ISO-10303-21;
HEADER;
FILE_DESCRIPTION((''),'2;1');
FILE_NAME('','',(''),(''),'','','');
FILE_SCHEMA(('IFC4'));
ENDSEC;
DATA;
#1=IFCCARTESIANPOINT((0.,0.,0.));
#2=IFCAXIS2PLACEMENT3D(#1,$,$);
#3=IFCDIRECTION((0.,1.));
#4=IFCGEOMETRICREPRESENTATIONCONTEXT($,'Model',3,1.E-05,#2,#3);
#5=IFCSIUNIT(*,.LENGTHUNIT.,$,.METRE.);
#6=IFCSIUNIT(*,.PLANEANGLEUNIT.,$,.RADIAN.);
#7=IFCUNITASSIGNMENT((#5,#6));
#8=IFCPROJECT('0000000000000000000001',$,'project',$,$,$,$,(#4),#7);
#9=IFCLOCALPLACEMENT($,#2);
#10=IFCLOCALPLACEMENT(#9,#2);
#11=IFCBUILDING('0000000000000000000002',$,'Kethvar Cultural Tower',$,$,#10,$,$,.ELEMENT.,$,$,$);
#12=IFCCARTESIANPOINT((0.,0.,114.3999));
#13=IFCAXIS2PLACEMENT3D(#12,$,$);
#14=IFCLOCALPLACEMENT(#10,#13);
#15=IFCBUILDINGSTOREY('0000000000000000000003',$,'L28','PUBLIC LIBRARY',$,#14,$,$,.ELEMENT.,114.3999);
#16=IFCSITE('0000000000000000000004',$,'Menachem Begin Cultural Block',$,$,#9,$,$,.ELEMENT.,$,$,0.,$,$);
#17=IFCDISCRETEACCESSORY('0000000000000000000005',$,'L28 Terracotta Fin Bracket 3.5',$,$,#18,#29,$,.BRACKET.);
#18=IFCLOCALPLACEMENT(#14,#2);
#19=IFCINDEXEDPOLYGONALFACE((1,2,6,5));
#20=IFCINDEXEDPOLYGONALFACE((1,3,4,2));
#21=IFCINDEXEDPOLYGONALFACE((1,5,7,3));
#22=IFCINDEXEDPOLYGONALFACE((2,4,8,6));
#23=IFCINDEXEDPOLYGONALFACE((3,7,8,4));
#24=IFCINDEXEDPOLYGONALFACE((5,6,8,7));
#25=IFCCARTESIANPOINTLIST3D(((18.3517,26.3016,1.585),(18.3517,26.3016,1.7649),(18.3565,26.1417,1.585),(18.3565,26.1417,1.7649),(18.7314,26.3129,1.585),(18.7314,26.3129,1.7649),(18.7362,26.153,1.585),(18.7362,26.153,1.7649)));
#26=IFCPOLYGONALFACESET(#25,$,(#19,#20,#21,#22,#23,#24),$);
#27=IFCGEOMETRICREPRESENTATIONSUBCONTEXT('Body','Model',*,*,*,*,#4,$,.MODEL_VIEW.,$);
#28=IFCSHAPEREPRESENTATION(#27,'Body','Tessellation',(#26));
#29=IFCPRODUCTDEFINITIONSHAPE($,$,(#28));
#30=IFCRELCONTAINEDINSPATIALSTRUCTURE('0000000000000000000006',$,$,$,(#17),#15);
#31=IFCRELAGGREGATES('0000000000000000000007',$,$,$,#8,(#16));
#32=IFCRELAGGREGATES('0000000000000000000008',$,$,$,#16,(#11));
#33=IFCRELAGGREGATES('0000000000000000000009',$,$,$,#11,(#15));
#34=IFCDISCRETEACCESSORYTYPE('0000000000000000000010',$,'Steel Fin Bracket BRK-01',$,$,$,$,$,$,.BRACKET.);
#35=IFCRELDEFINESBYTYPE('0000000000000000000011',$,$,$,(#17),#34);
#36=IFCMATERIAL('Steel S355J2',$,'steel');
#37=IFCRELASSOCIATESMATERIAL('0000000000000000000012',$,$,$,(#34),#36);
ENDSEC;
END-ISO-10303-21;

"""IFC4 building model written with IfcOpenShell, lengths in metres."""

from ifc_helpers import new_model, si_unit, direction, frame, origin, origin_2d, place, context, subcontext, project, spatial, rectangle, extrude, source, transform, mapped, material, type_object, element, save


model = new_model("IFC4")

# Units and contexts
model_context = context("Model", 3, precision=1e-05, world=origin(), true_north=direction((0.0, 1.0)))
body_context = subcontext(model_context, "Body", "Model", "MODEL_VIEW")
ifc_project = project(units=[si_unit("LENGTHUNIT", "METRE"), si_unit("PLANEANGLEUNIT", "RADIAN")], contexts=[model_context])

# Site, building, storey
site_placement = place(None, origin())
site = spatial("IfcSite", under=ifc_project, at=site_placement, Name="Menachem Begin Cultural Block", CompositionType="ELEMENT", RefElevation=0.0)
building_placement = place(site_placement, origin())
building = spatial("IfcBuilding", under=site, at=building_placement, Name="Kethvar Cultural Tower", CompositionType="ELEMENT")
storey_placement = place(building_placement, frame((0.0, 0.0, 114.3999)))
storey = spatial("IfcBuildingStorey", under=building, at=storey_placement, Name="L28", Description="PUBLIC LIBRARY", CompositionType="ELEMENT", Elevation=114.3999)

# Shared definitions
ifc_material_1 = material(Name="Steel S355J2", Category="steel")

# Discrete accessory
discrete_accessory_type = type_object("IfcDiscreteAccessoryType", Name="Steel Fin Bracket BRK-01", PredefinedType="BRACKET", material=ifc_material_1)
shared_shape_1 = source(origin(), body_context, "Body", "SweptSolid", [
    extrude(rectangle(XDim=0.3799, YDim=0.1599, at=origin_2d()), origin(), (0.0, 0.0, 1.0), 0.1799),
])
for number, where, z_axis, x_axis, name in (
    (1, (18.5439, 26.2273, 1.585), (0.0, 0.0, 1.0), (-0.99956, -0.029666, 0.0), "L28 Terracotta Fin Bracket 3.5"),
):
    element("IfcDiscreteAccessory", number, at=place(storey_placement, frame(where, z_axis=z_axis, x_axis=x_axis)), inside=storey, type_object=discrete_accessory_type, Name=name, PredefinedType="BRACKET", context=body_context, shape_type="MappedRepresentation", body=[
        mapped(shared_shape_1, transform((0.0, 0.0, 0.0), scale=1.0)),
    ])

save(model, "model.ifc")
